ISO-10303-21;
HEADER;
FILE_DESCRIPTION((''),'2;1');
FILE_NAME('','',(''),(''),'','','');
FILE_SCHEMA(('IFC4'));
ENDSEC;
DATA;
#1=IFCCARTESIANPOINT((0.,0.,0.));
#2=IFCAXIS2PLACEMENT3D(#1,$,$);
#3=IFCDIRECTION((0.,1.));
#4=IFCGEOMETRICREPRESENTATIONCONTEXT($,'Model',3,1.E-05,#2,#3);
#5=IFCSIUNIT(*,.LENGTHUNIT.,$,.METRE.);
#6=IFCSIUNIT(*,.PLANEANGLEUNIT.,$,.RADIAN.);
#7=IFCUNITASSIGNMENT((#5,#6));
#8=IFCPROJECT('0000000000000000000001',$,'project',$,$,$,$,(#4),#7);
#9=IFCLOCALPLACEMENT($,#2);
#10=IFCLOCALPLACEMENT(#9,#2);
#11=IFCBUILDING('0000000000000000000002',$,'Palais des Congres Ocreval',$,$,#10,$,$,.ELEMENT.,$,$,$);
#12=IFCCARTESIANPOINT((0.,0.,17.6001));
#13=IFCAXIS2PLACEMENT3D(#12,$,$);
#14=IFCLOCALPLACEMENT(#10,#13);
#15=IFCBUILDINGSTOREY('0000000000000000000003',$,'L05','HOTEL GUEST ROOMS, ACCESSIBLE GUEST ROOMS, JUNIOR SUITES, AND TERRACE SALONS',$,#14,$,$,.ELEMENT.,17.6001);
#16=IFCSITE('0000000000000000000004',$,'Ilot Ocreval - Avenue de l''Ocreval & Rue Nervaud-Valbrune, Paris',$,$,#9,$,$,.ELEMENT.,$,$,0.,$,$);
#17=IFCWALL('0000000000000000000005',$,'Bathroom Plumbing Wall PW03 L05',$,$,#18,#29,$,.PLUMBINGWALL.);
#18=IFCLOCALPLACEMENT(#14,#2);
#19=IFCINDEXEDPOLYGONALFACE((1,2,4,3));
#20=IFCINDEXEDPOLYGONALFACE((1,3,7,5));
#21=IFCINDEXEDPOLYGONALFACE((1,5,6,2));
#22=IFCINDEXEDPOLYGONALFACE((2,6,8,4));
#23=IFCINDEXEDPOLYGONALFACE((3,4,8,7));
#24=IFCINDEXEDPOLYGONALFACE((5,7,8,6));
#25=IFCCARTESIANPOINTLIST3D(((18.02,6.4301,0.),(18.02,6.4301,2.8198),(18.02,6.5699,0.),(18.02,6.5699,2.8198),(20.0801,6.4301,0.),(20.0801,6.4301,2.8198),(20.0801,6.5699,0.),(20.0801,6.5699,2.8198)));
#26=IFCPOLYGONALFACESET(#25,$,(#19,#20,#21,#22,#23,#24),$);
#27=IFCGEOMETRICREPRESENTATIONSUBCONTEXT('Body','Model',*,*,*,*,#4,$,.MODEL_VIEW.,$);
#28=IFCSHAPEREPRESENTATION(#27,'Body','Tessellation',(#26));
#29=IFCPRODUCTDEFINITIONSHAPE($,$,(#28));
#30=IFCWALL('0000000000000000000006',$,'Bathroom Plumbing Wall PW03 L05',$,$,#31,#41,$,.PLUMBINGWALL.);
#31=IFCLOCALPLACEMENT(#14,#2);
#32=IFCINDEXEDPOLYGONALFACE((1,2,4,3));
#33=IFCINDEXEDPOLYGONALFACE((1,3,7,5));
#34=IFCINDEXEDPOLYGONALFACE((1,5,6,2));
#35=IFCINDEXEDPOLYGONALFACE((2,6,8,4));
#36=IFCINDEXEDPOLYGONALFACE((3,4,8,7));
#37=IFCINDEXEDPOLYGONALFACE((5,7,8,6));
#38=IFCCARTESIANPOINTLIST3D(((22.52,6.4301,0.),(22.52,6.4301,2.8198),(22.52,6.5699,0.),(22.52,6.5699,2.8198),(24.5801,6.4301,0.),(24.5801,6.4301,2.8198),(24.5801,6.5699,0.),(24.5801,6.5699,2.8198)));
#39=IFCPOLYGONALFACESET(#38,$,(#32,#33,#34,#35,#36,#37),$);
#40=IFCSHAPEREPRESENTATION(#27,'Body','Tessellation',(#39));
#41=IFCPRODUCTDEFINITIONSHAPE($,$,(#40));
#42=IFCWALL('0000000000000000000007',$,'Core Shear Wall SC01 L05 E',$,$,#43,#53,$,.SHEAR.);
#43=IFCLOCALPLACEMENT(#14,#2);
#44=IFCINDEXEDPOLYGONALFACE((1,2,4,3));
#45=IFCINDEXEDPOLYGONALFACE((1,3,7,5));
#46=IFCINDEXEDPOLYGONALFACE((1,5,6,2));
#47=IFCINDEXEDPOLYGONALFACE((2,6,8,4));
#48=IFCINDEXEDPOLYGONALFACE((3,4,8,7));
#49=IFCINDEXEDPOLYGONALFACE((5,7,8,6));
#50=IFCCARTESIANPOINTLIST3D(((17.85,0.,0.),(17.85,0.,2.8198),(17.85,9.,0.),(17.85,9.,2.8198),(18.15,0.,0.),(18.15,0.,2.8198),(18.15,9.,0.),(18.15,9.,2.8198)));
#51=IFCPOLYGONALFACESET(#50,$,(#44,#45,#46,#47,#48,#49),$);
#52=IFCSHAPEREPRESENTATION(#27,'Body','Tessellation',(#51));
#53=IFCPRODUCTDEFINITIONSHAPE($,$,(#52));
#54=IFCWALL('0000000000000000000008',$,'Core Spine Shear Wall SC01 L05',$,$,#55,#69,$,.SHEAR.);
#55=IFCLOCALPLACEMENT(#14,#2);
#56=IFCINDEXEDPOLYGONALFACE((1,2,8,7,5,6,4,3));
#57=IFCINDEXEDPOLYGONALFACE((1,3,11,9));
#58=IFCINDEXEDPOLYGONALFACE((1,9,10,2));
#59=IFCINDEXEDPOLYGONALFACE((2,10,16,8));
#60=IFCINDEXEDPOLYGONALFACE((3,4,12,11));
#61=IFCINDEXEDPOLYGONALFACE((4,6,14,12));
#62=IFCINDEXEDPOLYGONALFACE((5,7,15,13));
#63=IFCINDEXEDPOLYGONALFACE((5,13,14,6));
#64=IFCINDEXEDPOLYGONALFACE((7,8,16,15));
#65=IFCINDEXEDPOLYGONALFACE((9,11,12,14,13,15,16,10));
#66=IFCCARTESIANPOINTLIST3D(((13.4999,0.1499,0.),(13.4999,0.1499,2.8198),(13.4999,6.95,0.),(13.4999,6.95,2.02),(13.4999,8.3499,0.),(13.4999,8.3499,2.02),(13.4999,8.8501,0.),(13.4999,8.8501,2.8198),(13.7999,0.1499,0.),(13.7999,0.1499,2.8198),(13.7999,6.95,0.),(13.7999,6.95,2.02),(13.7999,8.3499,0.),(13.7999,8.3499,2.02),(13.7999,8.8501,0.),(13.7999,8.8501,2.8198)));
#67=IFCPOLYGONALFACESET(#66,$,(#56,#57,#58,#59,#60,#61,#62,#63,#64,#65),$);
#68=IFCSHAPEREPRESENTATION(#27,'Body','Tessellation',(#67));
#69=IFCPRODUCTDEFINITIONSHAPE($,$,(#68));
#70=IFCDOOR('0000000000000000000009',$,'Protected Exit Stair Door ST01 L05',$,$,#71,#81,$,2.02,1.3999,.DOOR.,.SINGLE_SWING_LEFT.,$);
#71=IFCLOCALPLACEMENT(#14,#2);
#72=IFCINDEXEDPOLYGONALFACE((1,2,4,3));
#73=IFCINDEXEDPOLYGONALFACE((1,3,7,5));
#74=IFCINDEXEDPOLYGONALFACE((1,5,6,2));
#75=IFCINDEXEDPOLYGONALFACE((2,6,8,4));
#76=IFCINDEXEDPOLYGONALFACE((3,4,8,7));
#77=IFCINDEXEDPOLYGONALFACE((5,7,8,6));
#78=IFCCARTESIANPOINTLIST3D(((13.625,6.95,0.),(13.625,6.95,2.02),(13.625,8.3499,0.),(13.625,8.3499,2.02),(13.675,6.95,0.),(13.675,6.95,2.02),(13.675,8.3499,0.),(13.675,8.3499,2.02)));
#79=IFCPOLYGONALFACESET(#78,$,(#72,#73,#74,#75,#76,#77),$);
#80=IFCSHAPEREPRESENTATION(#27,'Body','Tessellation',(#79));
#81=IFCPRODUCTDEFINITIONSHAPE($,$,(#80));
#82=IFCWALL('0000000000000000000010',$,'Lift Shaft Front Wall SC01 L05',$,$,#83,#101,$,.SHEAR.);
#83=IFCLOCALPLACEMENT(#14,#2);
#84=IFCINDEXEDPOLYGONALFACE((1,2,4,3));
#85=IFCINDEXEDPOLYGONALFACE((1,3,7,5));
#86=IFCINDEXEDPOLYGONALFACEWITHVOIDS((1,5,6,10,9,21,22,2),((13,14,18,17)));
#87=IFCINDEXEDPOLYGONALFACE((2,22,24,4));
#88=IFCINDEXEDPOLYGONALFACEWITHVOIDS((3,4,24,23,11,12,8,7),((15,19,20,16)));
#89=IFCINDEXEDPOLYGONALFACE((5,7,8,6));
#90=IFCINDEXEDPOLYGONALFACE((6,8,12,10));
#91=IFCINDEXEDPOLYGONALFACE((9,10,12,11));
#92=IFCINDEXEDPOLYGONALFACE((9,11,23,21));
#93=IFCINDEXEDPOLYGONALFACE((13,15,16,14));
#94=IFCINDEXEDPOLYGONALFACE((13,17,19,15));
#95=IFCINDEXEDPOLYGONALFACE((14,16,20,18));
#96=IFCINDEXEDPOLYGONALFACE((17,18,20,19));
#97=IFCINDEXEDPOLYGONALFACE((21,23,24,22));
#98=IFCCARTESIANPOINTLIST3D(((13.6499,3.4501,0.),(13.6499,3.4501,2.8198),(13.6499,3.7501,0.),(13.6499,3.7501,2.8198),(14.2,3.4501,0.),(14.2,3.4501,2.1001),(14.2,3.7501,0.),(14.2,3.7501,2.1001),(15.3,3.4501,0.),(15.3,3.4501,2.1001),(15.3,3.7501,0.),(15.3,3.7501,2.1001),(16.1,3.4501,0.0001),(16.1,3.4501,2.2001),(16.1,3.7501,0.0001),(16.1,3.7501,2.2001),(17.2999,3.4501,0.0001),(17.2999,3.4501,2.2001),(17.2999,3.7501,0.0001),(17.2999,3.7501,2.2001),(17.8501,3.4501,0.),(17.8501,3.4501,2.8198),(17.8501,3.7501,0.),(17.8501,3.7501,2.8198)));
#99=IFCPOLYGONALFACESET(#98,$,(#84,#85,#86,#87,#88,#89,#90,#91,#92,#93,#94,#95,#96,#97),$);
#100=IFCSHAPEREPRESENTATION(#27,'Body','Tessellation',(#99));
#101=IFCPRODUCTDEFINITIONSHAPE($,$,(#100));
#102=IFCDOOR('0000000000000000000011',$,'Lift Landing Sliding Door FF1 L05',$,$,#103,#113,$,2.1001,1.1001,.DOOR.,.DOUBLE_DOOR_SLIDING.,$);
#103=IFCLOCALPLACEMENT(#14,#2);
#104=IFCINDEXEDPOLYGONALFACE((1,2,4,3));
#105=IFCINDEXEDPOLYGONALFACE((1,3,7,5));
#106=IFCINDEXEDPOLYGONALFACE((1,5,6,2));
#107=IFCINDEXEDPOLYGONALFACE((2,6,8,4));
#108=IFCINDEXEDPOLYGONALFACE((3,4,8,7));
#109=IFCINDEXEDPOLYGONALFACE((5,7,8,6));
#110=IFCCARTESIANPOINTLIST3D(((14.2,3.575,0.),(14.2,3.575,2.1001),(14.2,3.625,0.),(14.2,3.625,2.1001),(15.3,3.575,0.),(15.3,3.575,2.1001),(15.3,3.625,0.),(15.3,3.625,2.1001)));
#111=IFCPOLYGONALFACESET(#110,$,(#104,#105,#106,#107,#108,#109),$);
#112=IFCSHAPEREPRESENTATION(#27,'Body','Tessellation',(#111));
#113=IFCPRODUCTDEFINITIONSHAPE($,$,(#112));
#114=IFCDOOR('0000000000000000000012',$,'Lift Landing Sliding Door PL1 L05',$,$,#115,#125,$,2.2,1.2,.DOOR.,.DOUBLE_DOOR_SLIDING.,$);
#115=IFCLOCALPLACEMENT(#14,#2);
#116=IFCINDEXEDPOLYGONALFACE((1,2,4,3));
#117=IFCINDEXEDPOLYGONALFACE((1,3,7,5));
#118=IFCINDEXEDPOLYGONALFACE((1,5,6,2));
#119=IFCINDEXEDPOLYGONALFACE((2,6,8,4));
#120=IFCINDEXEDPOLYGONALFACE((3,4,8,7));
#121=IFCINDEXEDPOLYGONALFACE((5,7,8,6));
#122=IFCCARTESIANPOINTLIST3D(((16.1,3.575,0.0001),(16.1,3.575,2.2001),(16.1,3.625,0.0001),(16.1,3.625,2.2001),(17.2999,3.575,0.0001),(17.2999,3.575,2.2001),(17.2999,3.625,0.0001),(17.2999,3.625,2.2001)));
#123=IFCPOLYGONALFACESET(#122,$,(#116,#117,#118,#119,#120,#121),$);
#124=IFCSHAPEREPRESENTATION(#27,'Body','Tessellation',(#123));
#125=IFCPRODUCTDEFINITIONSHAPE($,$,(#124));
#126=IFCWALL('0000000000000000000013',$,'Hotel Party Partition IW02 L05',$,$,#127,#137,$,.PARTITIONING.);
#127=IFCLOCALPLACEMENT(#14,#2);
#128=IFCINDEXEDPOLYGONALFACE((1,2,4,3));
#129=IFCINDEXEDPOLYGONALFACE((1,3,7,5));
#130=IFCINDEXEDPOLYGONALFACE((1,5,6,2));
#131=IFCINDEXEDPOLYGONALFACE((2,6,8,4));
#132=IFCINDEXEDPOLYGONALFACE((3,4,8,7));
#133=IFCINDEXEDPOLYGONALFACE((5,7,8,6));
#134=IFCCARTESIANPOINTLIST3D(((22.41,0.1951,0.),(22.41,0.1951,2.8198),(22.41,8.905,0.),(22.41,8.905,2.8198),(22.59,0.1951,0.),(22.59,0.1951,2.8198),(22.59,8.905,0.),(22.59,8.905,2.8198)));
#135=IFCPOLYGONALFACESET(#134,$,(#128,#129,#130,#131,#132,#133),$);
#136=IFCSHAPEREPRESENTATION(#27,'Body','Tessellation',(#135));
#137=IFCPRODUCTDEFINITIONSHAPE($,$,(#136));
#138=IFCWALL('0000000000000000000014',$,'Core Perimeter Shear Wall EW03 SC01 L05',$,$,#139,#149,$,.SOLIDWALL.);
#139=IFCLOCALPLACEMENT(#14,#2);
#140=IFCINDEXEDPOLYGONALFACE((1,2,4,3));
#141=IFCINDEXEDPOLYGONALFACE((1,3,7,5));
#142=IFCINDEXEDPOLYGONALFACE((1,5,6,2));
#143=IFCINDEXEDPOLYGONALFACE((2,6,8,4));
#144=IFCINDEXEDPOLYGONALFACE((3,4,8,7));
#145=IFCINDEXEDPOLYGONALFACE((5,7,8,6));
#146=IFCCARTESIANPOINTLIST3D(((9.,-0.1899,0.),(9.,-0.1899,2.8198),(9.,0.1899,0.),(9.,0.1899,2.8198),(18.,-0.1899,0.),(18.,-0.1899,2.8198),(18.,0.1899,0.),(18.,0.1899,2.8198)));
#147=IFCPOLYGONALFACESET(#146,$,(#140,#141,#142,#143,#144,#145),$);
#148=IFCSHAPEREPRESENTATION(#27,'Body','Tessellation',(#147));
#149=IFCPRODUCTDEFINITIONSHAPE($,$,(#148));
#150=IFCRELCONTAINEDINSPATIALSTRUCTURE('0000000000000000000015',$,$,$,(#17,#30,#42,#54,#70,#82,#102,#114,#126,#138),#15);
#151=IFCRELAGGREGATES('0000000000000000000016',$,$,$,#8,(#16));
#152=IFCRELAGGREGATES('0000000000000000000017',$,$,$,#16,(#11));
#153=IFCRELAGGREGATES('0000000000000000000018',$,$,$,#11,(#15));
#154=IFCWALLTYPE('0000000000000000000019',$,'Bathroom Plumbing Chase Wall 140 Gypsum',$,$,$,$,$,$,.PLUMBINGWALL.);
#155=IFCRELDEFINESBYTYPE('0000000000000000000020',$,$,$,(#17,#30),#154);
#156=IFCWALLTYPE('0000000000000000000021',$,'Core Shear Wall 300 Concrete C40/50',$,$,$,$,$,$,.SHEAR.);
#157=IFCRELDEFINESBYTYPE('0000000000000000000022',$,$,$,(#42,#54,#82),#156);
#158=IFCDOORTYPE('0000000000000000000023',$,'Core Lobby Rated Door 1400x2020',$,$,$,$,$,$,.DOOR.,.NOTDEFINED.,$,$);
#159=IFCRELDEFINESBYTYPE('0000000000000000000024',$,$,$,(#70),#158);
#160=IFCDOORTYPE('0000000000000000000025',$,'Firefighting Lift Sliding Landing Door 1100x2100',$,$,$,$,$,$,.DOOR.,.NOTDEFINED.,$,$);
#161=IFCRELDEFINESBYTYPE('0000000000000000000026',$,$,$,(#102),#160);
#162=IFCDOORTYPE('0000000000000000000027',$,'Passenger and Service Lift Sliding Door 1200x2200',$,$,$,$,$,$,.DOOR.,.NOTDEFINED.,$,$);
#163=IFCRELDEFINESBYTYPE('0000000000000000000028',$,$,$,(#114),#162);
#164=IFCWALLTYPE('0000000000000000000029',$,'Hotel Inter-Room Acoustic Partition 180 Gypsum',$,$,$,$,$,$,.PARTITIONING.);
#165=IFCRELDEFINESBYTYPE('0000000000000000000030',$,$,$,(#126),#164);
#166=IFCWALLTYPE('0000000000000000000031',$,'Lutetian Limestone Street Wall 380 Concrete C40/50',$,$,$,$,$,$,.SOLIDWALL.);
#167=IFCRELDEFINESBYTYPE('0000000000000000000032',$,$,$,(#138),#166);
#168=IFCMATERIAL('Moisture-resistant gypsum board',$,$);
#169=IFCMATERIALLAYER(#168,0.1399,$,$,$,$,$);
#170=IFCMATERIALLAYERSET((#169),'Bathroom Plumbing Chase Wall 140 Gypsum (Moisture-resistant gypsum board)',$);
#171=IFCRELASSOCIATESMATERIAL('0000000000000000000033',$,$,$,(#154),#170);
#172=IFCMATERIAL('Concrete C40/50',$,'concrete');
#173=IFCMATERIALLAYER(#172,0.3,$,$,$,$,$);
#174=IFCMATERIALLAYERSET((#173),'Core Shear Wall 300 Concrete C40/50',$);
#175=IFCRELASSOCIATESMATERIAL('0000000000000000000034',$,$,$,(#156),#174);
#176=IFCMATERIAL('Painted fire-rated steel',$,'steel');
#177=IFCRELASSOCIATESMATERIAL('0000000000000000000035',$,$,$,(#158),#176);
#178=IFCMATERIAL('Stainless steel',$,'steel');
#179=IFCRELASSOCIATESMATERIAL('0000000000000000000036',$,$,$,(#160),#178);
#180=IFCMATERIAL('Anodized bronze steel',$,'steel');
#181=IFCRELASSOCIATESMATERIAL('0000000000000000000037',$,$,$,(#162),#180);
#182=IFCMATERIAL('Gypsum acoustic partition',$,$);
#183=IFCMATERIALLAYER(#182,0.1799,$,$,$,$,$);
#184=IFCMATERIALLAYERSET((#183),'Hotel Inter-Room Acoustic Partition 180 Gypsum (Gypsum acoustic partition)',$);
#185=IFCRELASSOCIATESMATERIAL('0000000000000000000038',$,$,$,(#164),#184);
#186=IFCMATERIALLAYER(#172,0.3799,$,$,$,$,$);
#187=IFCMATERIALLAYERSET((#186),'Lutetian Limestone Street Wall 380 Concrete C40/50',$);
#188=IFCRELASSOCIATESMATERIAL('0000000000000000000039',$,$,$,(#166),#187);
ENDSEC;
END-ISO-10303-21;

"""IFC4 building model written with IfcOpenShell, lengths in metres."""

from ifc_helpers import new_model, si_unit, direction, frame, frame_2d, origin, place, context, subcontext, project, spatial, rectangle, extrude, material, layer, layer_set, type_object, element, fill, save


model = new_model("IFC4")

# Units and contexts
model_context = context("Model", 3, precision=1e-05, world=origin(), true_north=direction((0.0, 1.0)))
body_context = subcontext(model_context, "Body", "Model", "MODEL_VIEW")
ifc_project = project(units=[si_unit("LENGTHUNIT", "METRE"), si_unit("PLANEANGLEUNIT", "RADIAN")], contexts=[model_context])

# Site, building, storey
site_placement = place(None, origin())
site = spatial("IfcSite", under=ifc_project, at=site_placement, Name="Ilot Ocreval - Avenue de l'Ocreval & Rue Nervaud-Valbrune, Paris", CompositionType="ELEMENT", RefElevation=0.0)
building_placement = place(site_placement, origin())
building = spatial("IfcBuilding", under=site, at=building_placement, Name="Palais des Congres Ocreval", CompositionType="ELEMENT")
storey_placement = place(building_placement, frame((0.0, 0.0, 17.6001)))
storey = spatial("IfcBuildingStorey", under=building, at=storey_placement, Name="L05", Description="HOTEL GUEST ROOMS, ACCESSIBLE GUEST ROOMS, JUNIOR SUITES, AND TERRACE SALONS", CompositionType="ELEMENT", Elevation=17.6001)

# Shared definitions
ifc_material_1 = material(Name="Concrete C40/50", Category="concrete")

# Shared definitions
ifc_material_2 = material(Name="Moisture-resistant gypsum board")
ifc_layer_1 = layer(ifc_material_2, 0.1399)
ifc_layer_set_1 = layer_set([ifc_layer_1], Name="Bathroom Plumbing Chase Wall 140 Gypsum (Moisture-resistant gypsum board)")
wall_type_1 = type_object("IfcWallType", Name="Bathroom Plumbing Chase Wall 140 Gypsum", PredefinedType="PLUMBINGWALL", material=ifc_layer_set_1)

# Walls
for number, where, z_axis, x_axis, name in (
    (1, (18.02, 6.5, 0.0), (0.0, 0.0, 1.0), (1.0, 0.0, 0.0), "Bathroom Plumbing Wall PW03 L05"),
    (2, (22.52, 6.5, 0.0), (0.0, 0.0, 1.0), (1.0, 0.0, 0.0), "Bathroom Plumbing Wall PW03 L05"),
):
    element("IfcWall", number, at=place(storey_placement, frame(where, z_axis=z_axis, x_axis=x_axis)), inside=storey, type_object=wall_type_1, Name=name, PredefinedType="PLUMBINGWALL", context=body_context, shape_type="SweptSolid", body=[
        extrude(rectangle(XDim=2.0601, YDim=0.1399, at=frame_2d((1.03, 0.0))), origin(), (0.0, 0.0, 1.0), 2.8198),
    ])
ifc_layer_2 = layer(ifc_material_1, 0.3)
ifc_layer_set_2 = layer_set([ifc_layer_2], Name="Core Shear Wall 300 Concrete C40/50")
wall_type_2 = type_object("IfcWallType", Name="Core Shear Wall 300 Concrete C40/50", PredefinedType="SHEAR", material=ifc_layer_set_2)
wall_1_placement = place(storey_placement, frame((18.0, 0.0, 0.0), z_axis=(0.0, 0.0, 1.0), x_axis=(0.0, 1.0, 0.0)))
element("IfcWall", 3, at=wall_1_placement, inside=storey, type_object=wall_type_2, Name="Core Shear Wall SC01 L05 E", PredefinedType="SHEAR", context=body_context, shape_type="SweptSolid", body=[
    extrude(rectangle(XDim=9.0, YDim=0.3, at=frame_2d((4.5, 0.0))), origin(), (0.0, 0.0, 1.0), 2.8198),
])

# Wall, opening, door
wall_2_placement = place(storey_placement, frame((13.6499, 0.1499, 0.0), z_axis=(0.0, 0.0, 1.0), x_axis=(0.0, 1.0, 0.0)))
wall_2 = element("IfcWall", 4, at=wall_2_placement, inside=storey, type_object=wall_type_2, Name="Core Spine Shear Wall SC01 L05", PredefinedType="SHEAR", context=body_context, shape_type="SweptSolid", body=[
    extrude(rectangle(XDim=8.7002, YDim=0.3, at=frame_2d((4.3501, 0.0))), origin(), (0.0, 0.0, 1.0), 2.8198),
])
opening_1_placement = place(wall_2_placement, frame((6.8, 0.0, 0.0)))
opening_1 = element("IfcOpeningElement", 5, at=opening_1_placement, cuts=wall_2, PredefinedType="OPENING", context=body_context, shape_type="SweptSolid", body=[
    extrude(rectangle(XDim=1.3999, YDim=2.02, at=frame_2d((0.7, 1.01))), frame((0.0, 0.1599, 0.0), z_axis=(0.0, -1.0, 0.0), x_axis=(1.0, 0.0, 0.0)), (0.0, 0.0, 1.0), 0.3201),
])
ifc_material_3 = material(Name="Painted fire-rated steel", Category="steel")
door_type_1 = type_object("IfcDoorType", Name="Core Lobby Rated Door 1400x2020", OperationType="NOTDEFINED", PredefinedType="DOOR", material=ifc_material_3)
door_1_placement = place(opening_1_placement, origin())
door_1 = element("IfcDoor", 6, at=door_1_placement, inside=storey, type_object=door_type_1, Name="Protected Exit Stair Door ST01 L05", OperationType="SINGLE_SWING_LEFT", OverallHeight=2.02, OverallWidth=1.3999, PredefinedType="DOOR", context=body_context, shape_type="SweptSolid", body=[
    extrude(rectangle(XDim=1.3999, YDim=2.02, at=frame_2d((0.7, 1.01))), frame((0.0, 0.0249, 0.0), z_axis=(0.0, -1.0, 0.0), x_axis=(1.0, 0.0, 0.0)), (0.0, 0.0, 1.0), 0.05),
])
fill(opening_1, door_1)

# Wall, openings, doors
wall_3_placement = place(storey_placement, frame((13.6499, 3.6001, 0.0), z_axis=(0.0, 0.0, 1.0), x_axis=(1.0, 0.0, 0.0)))
wall_3 = element("IfcWall", 7, at=wall_3_placement, inside=storey, type_object=wall_type_2, Name="Lift Shaft Front Wall SC01 L05", PredefinedType="SHEAR", context=body_context, shape_type="SweptSolid", body=[
    extrude(rectangle(XDim=4.2002, YDim=0.3, at=frame_2d((2.1001, 0.0))), origin(), (0.0, 0.0, 1.0), 2.8198),
])
opening_2_placement = place(wall_3_placement, frame((0.55, 0.0, 0.0)))
opening_2 = element("IfcOpeningElement", 8, at=opening_2_placement, cuts=wall_3, PredefinedType="OPENING", context=body_context, shape_type="SweptSolid", body=[
    extrude(rectangle(XDim=1.1001, YDim=2.1001, at=frame_2d((0.55, 1.05))), frame((0.0, 0.1599, 0.0), z_axis=(0.0, -1.0, 0.0), x_axis=(1.0, 0.0, 0.0)), (0.0, 0.0, 1.0), 0.3201),
])
opening_3_placement = place(wall_3_placement, frame((2.45, 0.0, 0.0)))
opening_3 = element("IfcOpeningElement", 9, at=opening_3_placement, cuts=wall_3, PredefinedType="OPENING", context=body_context, shape_type="SweptSolid", body=[
    extrude(rectangle(XDim=1.2, YDim=2.2, at=frame_2d((0.6001, 1.1001))), frame((0.0, 0.1599, 0.0), z_axis=(0.0, -1.0, 0.0), x_axis=(1.0, 0.0, 0.0)), (0.0, 0.0, 1.0), 0.3201),
])
ifc_material_4 = material(Name="Stainless steel", Category="steel")
door_type_2 = type_object("IfcDoorType", Name="Firefighting Lift Sliding Landing Door 1100x2100", OperationType="NOTDEFINED", PredefinedType="DOOR", material=ifc_material_4)
door_2_placement = place(opening_2_placement, origin())
door_2 = element("IfcDoor", 10, at=door_2_placement, inside=storey, type_object=door_type_2, Name="Lift Landing Sliding Door FF1 L05", OperationType="DOUBLE_DOOR_SLIDING", OverallHeight=2.1001, OverallWidth=1.1001, PredefinedType="DOOR", context=body_context, shape_type="SweptSolid", body=[
    extrude(rectangle(XDim=1.1001, YDim=2.1001, at=frame_2d((0.55, 1.05))), frame((0.0, 0.0249, 0.0), z_axis=(0.0, -1.0, 0.0), x_axis=(1.0, 0.0, 0.0)), (0.0, 0.0, 1.0), 0.05),
])
fill(opening_2, door_2)
ifc_material_5 = material(Name="Anodized bronze steel", Category="steel")
door_type_3 = type_object("IfcDoorType", Name="Passenger and Service Lift Sliding Door 1200x2200", OperationType="NOTDEFINED", PredefinedType="DOOR", material=ifc_material_5)
door_3_placement = place(opening_3_placement, origin())
door_3 = element("IfcDoor", 11, at=door_3_placement, inside=storey, type_object=door_type_3, Name="Lift Landing Sliding Door PL1 L05", OperationType="DOUBLE_DOOR_SLIDING", OverallHeight=2.2, OverallWidth=1.2, PredefinedType="DOOR", context=body_context, shape_type="SweptSolid", body=[
    extrude(rectangle(XDim=1.2, YDim=2.2, at=frame_2d((0.6001, 1.1001))), frame((0.0, 0.0249, 0.0), z_axis=(0.0, -1.0, 0.0), x_axis=(1.0, 0.0, 0.0)), (0.0, 0.0, 1.0), 0.05),
])
fill(opening_3, door_3)

# Walls
ifc_material_6 = material(Name="Gypsum acoustic partition")
ifc_layer_3 = layer(ifc_material_6, 0.1799)
ifc_layer_set_3 = layer_set([ifc_layer_3], Name="Hotel Inter-Room Acoustic Partition 180 Gypsum (Gypsum acoustic partition)")
wall_type_3 = type_object("IfcWallType", Name="Hotel Inter-Room Acoustic Partition 180 Gypsum", PredefinedType="PARTITIONING", material=ifc_layer_set_3)
wall_4_placement = place(storey_placement, frame((22.5, 0.1951, 0.0), z_axis=(0.0, 0.0, 1.0), x_axis=(0.0, 1.0, 0.0)))
element("IfcWall", 12, at=wall_4_placement, inside=storey, type_object=wall_type_3, Name="Hotel Party Partition IW02 L05", PredefinedType="PARTITIONING", context=body_context, shape_type="SweptSolid", body=[
    extrude(rectangle(XDim=8.71, YDim=0.1799, at=frame_2d((4.355, 0.0))), origin(), (0.0, 0.0, 1.0), 2.8198),
])
ifc_layer_4 = layer(ifc_material_1, 0.3799)
ifc_layer_set_4 = layer_set([ifc_layer_4], Name="Lutetian Limestone Street Wall 380 Concrete C40/50")
wall_type_4 = type_object("IfcWallType", Name="Lutetian Limestone Street Wall 380 Concrete C40/50", PredefinedType="SOLIDWALL", material=ifc_layer_set_4)
wall_5_placement = place(storey_placement, frame((18.0, 0.0, 0.0), z_axis=(0.0, 0.0, 1.0), x_axis=(-1.0, 0.0, 0.0)))
element("IfcWall", 13, at=wall_5_placement, inside=storey, type_object=wall_type_4, Name="Core Perimeter Shear Wall EW03 SC01 L05", PredefinedType="SOLIDWALL", context=body_context, shape_type="SweptSolid", body=[
    extrude(rectangle(XDim=9.0, YDim=0.3799, at=frame_2d((4.5, 0.0))), origin(), (0.0, 0.0, 1.0), 2.8198),
])

save(model, "model.ifc")
